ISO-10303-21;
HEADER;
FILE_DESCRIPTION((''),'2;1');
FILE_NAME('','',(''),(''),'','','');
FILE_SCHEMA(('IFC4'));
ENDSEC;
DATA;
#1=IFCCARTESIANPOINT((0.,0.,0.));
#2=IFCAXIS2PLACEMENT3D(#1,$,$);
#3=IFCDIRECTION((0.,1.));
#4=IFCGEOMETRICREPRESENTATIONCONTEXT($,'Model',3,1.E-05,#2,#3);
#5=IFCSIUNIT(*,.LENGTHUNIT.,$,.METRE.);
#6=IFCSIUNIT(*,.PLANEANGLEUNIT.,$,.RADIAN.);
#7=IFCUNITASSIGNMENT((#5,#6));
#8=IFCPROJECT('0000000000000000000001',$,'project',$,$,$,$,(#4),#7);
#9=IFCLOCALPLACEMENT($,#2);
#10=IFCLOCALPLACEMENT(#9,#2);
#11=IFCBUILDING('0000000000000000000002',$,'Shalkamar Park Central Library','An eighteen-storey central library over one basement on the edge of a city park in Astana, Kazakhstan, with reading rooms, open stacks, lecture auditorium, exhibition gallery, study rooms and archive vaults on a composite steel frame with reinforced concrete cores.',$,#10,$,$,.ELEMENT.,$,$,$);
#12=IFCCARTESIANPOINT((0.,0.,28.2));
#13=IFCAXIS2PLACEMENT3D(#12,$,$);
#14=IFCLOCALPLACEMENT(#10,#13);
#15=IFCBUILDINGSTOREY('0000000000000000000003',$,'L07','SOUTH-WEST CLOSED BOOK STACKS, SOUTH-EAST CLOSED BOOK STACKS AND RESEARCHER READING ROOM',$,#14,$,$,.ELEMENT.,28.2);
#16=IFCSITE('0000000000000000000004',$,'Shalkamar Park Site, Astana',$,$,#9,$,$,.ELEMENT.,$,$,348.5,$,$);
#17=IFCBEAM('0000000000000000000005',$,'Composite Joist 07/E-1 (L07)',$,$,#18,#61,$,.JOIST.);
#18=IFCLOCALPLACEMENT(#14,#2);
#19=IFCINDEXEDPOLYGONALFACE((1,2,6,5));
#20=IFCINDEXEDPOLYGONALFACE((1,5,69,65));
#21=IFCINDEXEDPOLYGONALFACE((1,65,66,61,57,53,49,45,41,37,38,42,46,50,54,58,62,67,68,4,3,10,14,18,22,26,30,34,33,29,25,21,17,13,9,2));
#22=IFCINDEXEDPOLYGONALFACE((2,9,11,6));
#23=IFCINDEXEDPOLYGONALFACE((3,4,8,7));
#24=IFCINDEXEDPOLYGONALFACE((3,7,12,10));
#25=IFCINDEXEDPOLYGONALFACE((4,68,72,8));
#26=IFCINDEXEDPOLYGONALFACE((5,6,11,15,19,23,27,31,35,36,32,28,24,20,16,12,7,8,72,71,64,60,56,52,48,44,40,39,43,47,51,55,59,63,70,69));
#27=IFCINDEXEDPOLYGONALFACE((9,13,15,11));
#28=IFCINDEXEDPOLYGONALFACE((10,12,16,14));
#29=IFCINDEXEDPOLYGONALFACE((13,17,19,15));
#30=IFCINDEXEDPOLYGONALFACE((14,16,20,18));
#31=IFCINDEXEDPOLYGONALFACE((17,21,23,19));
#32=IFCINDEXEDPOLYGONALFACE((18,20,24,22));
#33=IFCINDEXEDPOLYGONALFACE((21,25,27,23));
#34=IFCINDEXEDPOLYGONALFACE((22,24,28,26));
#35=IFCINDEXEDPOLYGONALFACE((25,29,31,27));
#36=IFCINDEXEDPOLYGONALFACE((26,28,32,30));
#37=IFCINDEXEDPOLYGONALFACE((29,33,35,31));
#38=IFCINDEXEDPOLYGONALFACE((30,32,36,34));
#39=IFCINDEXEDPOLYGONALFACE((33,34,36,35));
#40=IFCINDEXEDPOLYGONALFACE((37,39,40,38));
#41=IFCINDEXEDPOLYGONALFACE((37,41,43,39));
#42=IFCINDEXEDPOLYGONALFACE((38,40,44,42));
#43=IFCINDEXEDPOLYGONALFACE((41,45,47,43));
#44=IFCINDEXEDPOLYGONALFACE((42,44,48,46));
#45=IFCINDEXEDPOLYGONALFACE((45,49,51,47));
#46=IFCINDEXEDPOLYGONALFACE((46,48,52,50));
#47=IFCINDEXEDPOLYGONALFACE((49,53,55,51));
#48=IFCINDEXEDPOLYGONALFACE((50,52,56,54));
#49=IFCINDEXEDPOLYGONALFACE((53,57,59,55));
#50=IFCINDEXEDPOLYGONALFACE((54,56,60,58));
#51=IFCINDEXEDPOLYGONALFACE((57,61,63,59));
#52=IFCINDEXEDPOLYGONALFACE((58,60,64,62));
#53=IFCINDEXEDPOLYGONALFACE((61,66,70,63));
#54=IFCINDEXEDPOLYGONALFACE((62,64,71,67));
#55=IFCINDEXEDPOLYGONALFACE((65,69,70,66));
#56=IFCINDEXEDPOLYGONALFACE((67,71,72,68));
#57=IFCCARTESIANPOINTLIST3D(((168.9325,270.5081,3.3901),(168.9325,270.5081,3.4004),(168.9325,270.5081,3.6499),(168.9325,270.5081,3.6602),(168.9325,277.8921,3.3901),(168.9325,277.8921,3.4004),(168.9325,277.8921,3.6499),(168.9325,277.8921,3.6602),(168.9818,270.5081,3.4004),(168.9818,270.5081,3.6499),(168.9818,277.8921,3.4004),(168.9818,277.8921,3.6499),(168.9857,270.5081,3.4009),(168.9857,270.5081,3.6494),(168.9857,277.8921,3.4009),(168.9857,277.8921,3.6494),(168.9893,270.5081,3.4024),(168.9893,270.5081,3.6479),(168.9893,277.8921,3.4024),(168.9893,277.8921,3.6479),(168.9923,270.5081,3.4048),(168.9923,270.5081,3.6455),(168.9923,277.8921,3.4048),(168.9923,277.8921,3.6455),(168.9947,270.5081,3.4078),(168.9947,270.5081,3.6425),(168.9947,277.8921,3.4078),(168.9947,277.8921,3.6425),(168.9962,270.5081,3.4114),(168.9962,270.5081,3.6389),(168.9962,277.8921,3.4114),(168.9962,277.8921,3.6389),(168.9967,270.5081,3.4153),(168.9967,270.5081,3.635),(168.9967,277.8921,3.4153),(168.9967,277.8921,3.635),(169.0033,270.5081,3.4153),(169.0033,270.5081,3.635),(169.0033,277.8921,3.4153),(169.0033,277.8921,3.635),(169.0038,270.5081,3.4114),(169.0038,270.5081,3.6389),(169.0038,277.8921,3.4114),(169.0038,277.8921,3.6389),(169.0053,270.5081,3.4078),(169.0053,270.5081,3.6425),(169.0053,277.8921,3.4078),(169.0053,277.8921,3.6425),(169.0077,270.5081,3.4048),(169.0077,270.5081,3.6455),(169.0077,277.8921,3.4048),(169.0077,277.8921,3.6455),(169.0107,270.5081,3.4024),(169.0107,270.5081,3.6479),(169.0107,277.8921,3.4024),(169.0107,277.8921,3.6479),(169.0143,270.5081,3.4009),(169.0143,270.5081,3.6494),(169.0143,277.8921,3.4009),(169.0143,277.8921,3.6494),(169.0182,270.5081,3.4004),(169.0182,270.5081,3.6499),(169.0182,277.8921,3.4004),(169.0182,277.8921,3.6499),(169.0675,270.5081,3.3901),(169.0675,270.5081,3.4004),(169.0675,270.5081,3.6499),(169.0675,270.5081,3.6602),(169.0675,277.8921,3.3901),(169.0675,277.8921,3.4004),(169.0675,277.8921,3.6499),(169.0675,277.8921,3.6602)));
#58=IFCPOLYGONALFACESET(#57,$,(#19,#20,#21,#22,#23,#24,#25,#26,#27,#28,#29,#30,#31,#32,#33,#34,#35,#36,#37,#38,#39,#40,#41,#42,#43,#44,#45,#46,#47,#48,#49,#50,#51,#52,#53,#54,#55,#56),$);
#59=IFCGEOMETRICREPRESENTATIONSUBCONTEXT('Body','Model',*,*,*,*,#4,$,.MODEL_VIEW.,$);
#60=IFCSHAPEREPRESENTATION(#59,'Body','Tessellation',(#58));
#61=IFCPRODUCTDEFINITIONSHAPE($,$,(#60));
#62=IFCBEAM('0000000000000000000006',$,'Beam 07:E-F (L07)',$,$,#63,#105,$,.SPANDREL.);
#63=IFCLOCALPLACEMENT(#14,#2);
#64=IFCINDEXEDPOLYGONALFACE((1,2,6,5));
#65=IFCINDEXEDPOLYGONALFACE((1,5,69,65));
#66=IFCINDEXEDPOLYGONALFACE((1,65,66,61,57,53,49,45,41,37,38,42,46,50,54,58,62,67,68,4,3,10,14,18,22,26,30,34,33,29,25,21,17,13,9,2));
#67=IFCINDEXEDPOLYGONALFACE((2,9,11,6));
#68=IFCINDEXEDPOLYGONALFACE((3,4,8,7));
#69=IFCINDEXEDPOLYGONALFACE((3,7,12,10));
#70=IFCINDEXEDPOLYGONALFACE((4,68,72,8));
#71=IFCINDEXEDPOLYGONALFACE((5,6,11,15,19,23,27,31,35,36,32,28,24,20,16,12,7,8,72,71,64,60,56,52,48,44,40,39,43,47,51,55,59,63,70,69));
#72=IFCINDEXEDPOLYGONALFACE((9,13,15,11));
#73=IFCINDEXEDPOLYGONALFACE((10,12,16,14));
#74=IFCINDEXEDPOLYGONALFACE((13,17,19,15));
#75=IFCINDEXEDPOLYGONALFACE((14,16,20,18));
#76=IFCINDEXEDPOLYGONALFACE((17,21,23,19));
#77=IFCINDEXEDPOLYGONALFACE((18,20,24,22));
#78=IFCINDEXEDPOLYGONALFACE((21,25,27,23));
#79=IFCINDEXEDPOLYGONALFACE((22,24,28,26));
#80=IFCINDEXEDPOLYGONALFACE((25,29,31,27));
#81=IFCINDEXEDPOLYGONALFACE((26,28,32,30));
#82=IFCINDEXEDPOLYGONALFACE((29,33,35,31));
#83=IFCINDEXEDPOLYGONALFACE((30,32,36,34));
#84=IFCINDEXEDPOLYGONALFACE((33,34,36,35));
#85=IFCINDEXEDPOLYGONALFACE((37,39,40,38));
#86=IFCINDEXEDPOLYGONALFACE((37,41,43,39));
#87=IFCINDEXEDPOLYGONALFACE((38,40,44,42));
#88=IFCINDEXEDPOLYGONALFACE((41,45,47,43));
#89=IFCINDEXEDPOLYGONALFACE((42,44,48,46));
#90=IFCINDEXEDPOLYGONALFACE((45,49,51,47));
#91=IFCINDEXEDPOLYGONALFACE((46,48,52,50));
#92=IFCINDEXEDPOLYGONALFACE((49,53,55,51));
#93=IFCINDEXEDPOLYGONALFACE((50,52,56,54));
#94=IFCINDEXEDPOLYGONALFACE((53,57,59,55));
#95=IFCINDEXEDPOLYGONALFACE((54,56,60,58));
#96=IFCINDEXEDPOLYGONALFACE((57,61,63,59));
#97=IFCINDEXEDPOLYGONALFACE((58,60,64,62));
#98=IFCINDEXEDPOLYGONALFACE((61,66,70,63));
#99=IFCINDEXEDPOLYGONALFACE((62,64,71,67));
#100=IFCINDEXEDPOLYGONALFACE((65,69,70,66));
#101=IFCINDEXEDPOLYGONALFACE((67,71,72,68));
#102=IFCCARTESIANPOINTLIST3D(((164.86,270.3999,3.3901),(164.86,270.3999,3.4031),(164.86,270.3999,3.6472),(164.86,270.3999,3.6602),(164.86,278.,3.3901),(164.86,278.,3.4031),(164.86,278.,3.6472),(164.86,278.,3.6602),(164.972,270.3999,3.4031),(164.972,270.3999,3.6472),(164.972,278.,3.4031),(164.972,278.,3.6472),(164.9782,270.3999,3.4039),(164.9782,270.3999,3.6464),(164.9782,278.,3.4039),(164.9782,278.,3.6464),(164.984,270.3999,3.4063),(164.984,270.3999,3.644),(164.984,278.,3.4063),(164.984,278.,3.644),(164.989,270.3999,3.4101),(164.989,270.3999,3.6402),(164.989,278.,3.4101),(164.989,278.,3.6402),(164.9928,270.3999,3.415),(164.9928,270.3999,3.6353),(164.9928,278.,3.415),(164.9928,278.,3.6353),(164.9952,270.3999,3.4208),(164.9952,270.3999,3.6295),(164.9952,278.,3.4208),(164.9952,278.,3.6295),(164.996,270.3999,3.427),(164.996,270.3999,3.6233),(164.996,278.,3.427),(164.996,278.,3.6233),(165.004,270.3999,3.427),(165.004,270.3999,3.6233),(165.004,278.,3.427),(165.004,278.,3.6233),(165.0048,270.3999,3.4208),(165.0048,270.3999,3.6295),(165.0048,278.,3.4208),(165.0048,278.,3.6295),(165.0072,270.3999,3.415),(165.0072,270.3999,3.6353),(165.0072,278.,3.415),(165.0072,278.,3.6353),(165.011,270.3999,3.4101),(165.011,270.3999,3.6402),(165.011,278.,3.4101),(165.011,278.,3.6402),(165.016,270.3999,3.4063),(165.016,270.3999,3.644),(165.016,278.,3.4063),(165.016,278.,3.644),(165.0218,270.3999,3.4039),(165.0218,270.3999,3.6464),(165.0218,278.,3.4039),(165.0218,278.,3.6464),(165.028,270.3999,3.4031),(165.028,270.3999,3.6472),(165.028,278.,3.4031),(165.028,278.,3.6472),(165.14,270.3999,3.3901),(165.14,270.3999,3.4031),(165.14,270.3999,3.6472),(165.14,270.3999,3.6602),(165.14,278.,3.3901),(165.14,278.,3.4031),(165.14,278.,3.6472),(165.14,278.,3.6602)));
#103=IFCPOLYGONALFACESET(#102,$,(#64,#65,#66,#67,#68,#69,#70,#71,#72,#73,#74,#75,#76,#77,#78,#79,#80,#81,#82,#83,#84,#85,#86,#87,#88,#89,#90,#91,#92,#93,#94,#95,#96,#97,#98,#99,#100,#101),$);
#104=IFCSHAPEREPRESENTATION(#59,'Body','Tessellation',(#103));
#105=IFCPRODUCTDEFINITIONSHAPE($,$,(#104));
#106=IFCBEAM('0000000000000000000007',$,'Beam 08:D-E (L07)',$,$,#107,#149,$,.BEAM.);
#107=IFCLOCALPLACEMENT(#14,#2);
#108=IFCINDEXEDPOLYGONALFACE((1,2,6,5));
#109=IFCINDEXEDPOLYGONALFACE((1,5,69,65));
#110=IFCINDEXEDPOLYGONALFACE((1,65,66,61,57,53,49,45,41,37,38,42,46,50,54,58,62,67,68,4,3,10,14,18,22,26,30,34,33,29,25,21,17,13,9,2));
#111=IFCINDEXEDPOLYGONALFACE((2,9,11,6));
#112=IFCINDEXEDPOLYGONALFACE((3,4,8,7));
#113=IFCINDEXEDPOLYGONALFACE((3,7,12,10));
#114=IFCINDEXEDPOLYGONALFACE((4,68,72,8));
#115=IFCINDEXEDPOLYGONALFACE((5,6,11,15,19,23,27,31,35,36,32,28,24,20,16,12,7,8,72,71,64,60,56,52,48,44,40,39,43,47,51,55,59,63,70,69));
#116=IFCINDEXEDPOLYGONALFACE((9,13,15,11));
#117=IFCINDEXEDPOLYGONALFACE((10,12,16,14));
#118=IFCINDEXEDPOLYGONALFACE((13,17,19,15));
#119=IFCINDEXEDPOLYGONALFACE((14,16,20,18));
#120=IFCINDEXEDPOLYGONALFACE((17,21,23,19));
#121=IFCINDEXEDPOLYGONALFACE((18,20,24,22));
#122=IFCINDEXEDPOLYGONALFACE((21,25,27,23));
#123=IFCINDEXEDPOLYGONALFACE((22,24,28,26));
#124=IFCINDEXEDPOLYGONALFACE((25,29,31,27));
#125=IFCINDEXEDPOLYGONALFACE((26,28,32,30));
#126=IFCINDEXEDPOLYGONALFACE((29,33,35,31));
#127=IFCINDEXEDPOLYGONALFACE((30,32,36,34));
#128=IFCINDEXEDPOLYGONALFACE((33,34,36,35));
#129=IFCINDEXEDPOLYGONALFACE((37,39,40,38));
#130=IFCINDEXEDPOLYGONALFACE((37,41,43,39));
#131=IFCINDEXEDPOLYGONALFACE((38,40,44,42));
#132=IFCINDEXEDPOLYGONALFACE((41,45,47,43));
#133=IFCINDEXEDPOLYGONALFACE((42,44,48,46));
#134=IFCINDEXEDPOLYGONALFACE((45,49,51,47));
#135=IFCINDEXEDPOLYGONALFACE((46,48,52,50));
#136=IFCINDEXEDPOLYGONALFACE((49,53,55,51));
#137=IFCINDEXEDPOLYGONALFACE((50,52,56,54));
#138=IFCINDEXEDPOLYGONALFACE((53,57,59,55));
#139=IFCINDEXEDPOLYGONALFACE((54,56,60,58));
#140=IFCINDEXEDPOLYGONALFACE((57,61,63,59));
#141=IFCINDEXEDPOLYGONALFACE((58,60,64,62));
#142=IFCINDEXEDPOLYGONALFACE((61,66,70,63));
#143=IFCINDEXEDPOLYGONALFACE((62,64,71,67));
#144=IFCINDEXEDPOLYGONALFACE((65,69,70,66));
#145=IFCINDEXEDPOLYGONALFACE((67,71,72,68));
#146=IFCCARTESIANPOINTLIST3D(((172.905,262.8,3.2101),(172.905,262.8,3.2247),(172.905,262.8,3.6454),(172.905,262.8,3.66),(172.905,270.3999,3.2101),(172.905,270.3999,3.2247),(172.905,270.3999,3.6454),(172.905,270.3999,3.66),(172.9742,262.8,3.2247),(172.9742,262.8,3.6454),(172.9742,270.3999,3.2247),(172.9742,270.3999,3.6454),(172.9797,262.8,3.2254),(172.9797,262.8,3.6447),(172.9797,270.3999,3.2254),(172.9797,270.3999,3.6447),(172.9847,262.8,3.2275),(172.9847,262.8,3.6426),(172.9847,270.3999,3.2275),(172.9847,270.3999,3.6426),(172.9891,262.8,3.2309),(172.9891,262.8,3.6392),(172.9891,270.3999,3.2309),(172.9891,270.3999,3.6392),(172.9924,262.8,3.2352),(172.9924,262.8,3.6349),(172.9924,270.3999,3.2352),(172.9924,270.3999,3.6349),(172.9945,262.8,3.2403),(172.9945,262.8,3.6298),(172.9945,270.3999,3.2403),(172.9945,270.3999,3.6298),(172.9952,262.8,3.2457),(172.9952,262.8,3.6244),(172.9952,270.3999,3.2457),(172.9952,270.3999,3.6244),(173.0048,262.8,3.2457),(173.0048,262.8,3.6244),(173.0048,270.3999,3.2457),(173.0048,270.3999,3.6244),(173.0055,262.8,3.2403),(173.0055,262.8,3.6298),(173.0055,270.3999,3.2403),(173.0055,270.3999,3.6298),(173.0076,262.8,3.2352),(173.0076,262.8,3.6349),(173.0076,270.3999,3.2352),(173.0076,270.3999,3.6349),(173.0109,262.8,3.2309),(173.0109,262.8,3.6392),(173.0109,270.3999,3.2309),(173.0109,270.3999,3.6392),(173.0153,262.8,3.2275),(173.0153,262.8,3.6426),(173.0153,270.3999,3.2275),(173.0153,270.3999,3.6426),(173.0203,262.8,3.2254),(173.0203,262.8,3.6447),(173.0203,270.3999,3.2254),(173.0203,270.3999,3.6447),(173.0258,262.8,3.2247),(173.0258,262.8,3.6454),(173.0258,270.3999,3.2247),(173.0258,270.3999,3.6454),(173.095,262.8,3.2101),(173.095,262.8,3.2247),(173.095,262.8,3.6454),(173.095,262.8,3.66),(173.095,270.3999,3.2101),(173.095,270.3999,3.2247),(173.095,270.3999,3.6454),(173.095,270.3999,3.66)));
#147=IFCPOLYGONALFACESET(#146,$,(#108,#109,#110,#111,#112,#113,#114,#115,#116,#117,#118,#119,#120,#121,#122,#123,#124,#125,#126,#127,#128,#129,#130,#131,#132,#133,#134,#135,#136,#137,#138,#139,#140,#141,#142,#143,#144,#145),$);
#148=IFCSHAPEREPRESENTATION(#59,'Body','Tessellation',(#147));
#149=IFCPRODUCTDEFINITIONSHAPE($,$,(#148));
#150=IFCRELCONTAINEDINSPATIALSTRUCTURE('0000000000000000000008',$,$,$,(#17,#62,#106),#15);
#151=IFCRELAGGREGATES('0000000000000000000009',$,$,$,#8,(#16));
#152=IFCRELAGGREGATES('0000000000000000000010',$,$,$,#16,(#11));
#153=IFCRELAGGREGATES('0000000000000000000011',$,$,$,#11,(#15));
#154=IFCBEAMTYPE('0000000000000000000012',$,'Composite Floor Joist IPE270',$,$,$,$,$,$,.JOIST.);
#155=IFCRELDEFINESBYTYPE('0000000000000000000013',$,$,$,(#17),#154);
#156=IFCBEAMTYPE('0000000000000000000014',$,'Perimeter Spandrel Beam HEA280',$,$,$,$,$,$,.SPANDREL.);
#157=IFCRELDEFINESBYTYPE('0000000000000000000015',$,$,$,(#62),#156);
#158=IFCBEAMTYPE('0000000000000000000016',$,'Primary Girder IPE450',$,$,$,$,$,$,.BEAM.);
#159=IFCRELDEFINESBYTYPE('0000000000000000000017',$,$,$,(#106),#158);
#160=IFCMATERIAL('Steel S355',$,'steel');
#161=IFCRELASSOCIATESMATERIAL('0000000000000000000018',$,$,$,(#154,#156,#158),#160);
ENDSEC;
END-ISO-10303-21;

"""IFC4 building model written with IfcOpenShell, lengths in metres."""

from ifc_helpers import new_model, si_unit, direction, frame, origin, origin_2d, place, context, subcontext, project, spatial, i_section, extrude, material, material_profile, profile_set, type_object, element, save


model = new_model("IFC4")

# Units and contexts
model_context = context("Model", 3, precision=1e-05, world=origin(), true_north=direction((0.0, 1.0)))
body_context = subcontext(model_context, "Body", "Model", "MODEL_VIEW")
ifc_project = project(units=[si_unit("LENGTHUNIT", "METRE"), si_unit("PLANEANGLEUNIT", "RADIAN")], contexts=[model_context])

# Site, building, storey
site_placement = place(None, origin())
site = spatial("IfcSite", under=ifc_project, at=site_placement, Name="Shalkamar Park Site, Astana", CompositionType="ELEMENT", RefElevation=348.5)
building_placement = place(site_placement, origin())
building = spatial("IfcBuilding", under=site, at=building_placement, Name="Shalkamar Park Central Library", Description="An eighteen-storey central library over one basement on the edge of a city park in Astana, Kazakhstan, with reading rooms, open stacks, lecture auditorium, exhibition gallery, study rooms and archive vaults on a composite steel frame with reinforced concrete cores.", CompositionType="ELEMENT")
storey_placement = place(building_placement, frame((0.0, 0.0, 28.2)))
storey = spatial("IfcBuildingStorey", under=building, at=storey_placement, Name="L07", Description="SOUTH-WEST CLOSED BOOK STACKS, SOUTH-EAST CLOSED BOOK STACKS AND RESEARCHER READING ROOM", CompositionType="ELEMENT", Elevation=28.2)

# Shared definitions
ifc_material_1 = material(Name="Steel S355", Category="steel")

# Beams
ifc_material_profile_1 = material_profile(ifc_material_1, i_section(OverallWidth=0.135, OverallDepth=0.27, WebThickness=0.0066, FlangeThickness=0.0103, FilletRadius=0.0149, at=origin_2d()), Name="IPE 270")
ifc_profile_set_1 = profile_set([ifc_material_profile_1], Name="Steel S355")
beam_type_1 = type_object("IfcBeamType", Name="Composite Floor Joist IPE270", PredefinedType="JOIST", material=ifc_profile_set_1)
for number, where, z_axis, x_axis, name in (
    (1, (169.0, 270.5081, 3.5251), (0.0, 1.0, 0.0), (-1.0, 0.0, 0.0), "Composite Joist 07/E-1 (L07)"),
):
    element("IfcBeam", number, at=place(storey_placement, frame(where, z_axis=z_axis, x_axis=x_axis)), inside=storey, type_object=beam_type_1, Name=name, PredefinedType="JOIST", context=body_context, shape_type="SweptSolid", body=[
        extrude(i_section(OverallWidth=0.135, OverallDepth=0.27, WebThickness=0.0066, FlangeThickness=0.0103, FilletRadius=0.0149, at=origin_2d()), origin(), (0.0, 0.0, 1.0), 7.384),
    ])
ifc_material_profile_2 = material_profile(ifc_material_1, i_section(OverallWidth=0.28, OverallDepth=0.27, WebThickness=0.0081, FlangeThickness=0.0129, FilletRadius=0.0239, at=origin_2d()), Name="HEA 280")
ifc_profile_set_2 = profile_set([ifc_material_profile_2], Name="Steel S355")
beam_type_2 = type_object("IfcBeamType", Name="Perimeter Spandrel Beam HEA280", PredefinedType="SPANDREL", material=ifc_profile_set_2)
beam_1_placement = place(storey_placement, frame((165.0, 270.3999, 3.5251), z_axis=(0.0, 1.0, 0.0), x_axis=(-1.0, 0.0, 0.0)))
element("IfcBeam", 2, at=beam_1_placement, inside=storey, type_object=beam_type_2, Name="Beam 07:E-F (L07)", PredefinedType="SPANDREL", context=body_context, shape_type="SweptSolid", body=[
    extrude(i_section(OverallWidth=0.28, OverallDepth=0.27, WebThickness=0.0081, FlangeThickness=0.0129, FilletRadius=0.0239, at=origin_2d()), origin(), (0.0, 0.0, 1.0), 7.6001),
])
ifc_material_profile_3 = material_profile(ifc_material_1, i_section(OverallWidth=0.1899, OverallDepth=0.45, WebThickness=0.0095, FlangeThickness=0.0146, FilletRadius=0.021, at=origin_2d()), Name="IPE 450")
ifc_profile_set_3 = profile_set([ifc_material_profile_3], Name="Steel S355")
beam_type_3 = type_object("IfcBeamType", Name="Primary Girder IPE450", PredefinedType="BEAM", material=ifc_profile_set_3)
beam_2_placement = place(storey_placement, frame((173.0, 262.8, 3.4351), z_axis=(0.0, 1.0, 0.0), x_axis=(-1.0, 0.0, 0.0)))
element("IfcBeam", 3, at=beam_2_placement, inside=storey, type_object=beam_type_3, Name="Beam 08:D-E (L07)", PredefinedType="BEAM", context=body_context, shape_type="SweptSolid", body=[
    extrude(i_section(OverallWidth=0.1899, OverallDepth=0.45, WebThickness=0.0095, FlangeThickness=0.0146, FilletRadius=0.021, at=origin_2d()), origin(), (0.0, 0.0, 1.0), 7.5999),
])

save(model, "model.ifc")
